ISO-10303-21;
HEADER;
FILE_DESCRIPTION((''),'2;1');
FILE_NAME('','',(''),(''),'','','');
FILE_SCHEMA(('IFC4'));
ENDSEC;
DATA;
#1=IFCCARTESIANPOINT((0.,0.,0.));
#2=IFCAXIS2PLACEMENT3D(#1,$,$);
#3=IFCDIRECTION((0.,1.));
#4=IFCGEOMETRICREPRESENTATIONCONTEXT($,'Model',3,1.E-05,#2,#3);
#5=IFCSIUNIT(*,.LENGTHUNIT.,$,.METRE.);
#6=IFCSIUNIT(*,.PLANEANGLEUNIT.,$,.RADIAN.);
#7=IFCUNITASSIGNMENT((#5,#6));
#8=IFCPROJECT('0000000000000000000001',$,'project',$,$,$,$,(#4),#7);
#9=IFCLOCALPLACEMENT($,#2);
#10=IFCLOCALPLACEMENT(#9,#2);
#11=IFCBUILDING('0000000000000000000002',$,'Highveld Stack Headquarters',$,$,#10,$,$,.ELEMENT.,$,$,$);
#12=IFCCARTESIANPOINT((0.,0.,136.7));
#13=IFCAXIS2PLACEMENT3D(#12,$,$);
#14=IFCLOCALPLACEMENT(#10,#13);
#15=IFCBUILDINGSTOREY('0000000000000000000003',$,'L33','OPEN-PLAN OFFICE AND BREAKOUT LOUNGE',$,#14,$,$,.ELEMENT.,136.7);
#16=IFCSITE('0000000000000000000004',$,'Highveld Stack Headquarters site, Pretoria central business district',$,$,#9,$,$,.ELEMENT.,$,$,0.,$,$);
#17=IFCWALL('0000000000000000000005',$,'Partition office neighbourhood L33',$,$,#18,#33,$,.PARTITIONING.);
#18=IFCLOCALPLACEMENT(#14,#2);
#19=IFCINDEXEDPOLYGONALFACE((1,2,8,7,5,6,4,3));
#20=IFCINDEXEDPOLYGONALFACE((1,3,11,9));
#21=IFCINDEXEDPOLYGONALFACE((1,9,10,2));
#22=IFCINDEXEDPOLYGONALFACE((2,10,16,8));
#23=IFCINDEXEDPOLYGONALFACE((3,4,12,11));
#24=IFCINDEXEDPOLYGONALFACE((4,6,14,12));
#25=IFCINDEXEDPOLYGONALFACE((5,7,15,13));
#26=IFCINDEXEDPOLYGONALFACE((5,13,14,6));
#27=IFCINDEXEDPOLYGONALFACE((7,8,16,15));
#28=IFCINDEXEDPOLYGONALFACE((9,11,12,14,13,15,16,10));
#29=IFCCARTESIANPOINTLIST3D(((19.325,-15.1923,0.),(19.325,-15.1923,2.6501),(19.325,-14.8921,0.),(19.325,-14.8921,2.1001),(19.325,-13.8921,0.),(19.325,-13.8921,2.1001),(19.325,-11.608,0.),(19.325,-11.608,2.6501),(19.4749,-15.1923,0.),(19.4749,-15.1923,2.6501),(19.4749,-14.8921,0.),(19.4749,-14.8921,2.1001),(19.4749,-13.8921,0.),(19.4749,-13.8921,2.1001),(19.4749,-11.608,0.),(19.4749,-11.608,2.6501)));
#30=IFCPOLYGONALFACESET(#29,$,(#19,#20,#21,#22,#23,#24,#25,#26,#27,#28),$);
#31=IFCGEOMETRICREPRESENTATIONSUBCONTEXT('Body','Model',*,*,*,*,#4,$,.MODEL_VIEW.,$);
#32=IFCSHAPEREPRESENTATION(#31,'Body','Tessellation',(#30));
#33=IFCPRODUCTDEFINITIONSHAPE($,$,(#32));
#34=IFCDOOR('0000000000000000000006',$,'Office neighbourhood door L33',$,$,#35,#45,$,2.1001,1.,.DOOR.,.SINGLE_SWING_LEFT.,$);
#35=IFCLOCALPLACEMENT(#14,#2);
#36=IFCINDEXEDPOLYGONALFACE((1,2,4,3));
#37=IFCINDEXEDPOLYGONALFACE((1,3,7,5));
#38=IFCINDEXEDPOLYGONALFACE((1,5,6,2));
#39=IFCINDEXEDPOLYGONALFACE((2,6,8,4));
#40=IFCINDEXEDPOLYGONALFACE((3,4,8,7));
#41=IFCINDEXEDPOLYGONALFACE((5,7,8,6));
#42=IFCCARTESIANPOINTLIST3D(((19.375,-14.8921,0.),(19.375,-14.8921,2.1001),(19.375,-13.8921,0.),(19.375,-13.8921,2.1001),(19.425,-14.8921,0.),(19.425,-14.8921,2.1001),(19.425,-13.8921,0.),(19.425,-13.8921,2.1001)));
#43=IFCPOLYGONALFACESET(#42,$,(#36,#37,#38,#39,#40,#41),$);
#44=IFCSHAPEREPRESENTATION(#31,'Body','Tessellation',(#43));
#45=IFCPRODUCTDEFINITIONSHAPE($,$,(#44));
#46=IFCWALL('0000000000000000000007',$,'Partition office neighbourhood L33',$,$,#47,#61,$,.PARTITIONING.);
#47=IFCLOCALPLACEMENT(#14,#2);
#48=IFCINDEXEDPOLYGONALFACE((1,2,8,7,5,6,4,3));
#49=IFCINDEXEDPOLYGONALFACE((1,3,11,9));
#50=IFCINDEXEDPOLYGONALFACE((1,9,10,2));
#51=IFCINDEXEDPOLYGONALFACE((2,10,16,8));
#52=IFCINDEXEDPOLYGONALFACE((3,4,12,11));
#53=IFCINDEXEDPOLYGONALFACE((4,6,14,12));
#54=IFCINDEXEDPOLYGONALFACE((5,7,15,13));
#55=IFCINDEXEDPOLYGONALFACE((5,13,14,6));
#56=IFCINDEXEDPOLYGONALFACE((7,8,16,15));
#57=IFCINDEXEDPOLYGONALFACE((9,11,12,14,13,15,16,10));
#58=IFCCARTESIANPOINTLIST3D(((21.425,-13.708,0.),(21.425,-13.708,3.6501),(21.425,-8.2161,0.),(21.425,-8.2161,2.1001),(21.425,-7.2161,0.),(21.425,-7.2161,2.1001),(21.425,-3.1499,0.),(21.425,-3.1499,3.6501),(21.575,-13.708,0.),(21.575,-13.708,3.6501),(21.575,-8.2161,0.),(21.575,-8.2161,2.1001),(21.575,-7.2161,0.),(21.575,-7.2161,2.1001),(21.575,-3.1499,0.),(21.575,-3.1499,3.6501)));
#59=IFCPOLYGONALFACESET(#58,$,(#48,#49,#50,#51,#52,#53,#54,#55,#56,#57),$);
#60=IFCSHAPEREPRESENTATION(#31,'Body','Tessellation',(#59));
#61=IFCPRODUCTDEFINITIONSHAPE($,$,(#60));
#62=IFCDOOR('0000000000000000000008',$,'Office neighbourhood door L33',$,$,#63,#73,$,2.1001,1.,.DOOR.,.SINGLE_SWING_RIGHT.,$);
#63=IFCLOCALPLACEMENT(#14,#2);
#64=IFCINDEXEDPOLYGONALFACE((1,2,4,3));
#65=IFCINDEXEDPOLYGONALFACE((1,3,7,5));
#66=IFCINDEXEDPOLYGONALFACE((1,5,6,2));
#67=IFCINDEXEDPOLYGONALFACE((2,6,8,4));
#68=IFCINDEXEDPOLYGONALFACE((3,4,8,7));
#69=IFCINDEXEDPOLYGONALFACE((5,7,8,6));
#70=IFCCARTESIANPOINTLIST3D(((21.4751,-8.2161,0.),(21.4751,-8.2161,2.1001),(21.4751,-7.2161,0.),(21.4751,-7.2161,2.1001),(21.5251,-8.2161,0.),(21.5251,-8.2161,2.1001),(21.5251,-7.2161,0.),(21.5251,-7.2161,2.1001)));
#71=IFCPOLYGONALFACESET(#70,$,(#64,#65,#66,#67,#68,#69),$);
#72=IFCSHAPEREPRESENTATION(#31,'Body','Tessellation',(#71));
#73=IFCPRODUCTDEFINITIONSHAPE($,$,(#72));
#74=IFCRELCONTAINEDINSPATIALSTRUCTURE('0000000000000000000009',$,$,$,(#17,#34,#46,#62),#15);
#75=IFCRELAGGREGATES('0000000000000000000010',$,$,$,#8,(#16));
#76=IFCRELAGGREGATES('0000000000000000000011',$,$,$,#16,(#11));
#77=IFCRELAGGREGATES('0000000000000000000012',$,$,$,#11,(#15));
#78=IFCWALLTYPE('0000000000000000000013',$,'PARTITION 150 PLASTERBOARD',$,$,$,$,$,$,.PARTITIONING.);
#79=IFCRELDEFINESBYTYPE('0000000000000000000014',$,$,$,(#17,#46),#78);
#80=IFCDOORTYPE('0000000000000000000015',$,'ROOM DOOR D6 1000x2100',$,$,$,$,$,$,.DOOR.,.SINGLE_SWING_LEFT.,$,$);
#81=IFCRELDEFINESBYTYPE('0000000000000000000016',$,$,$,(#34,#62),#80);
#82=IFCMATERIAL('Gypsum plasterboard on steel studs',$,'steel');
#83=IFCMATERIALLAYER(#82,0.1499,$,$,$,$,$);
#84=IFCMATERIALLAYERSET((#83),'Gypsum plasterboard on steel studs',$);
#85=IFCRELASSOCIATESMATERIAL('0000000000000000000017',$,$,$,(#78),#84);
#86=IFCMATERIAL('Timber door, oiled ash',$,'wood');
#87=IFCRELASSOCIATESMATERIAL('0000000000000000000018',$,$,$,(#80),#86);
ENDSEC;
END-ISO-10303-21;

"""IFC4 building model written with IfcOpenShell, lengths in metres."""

from ifc_helpers import new_model, si_unit, direction, frame, frame_2d, origin, place, context, subcontext, project, spatial, rectangle, extrude, material, layer, layer_set, type_object, element, fill, save


model = new_model("IFC4")

# Units and contexts
model_context = context("Model", 3, precision=1e-05, world=origin(), true_north=direction((0.0, 1.0)))
body_context = subcontext(model_context, "Body", "Model", "MODEL_VIEW")
ifc_project = project(units=[si_unit("LENGTHUNIT", "METRE"), si_unit("PLANEANGLEUNIT", "RADIAN")], contexts=[model_context])

# Site, building, storey
site_placement = place(None, origin())
site = spatial("IfcSite", under=ifc_project, at=site_placement, Name="Highveld Stack Headquarters site, Pretoria central business district", CompositionType="ELEMENT", RefElevation=0.0)
building_placement = place(site_placement, origin())
building = spatial("IfcBuilding", under=site, at=building_placement, Name="Highveld Stack Headquarters", CompositionType="ELEMENT")
storey_placement = place(building_placement, frame((0.0, 0.0, 136.7)))
storey = spatial("IfcBuildingStorey", under=building, at=storey_placement, Name="L33", Description="OPEN-PLAN OFFICE AND BREAKOUT LOUNGE", CompositionType="ELEMENT", Elevation=136.7)

# Shared definitions
ifc_material_1 = material(Name="Gypsum plasterboard on steel studs", Category="steel")
ifc_layer_1 = layer(ifc_material_1, 0.1499)
ifc_layer_set_1 = layer_set([ifc_layer_1], Name="Gypsum plasterboard on steel studs")
wall_type = type_object("IfcWallType", Name="PARTITION 150 PLASTERBOARD", PredefinedType="PARTITIONING", material=ifc_layer_set_1)

# Wall, opening, door
wall_1_placement = place(storey_placement, frame((19.3999, -15.1921, 0.0), z_axis=(0.0, 0.0, 1.0), x_axis=(0.0, 1.0, 0.0)))
wall_1 = element("IfcWall", 1, at=wall_1_placement, inside=storey, type_object=wall_type, Name="Partition office neighbourhood L33", PredefinedType="PARTITIONING", context=body_context, shape_type="SweptSolid", body=[
    extrude(rectangle(XDim=3.5842, YDim=0.1499, at=frame_2d((1.792, 0.0))), origin(), (0.0, 0.0, 1.0), 2.6501),
])
opening_1_placement = place(wall_1_placement, frame((0.3, 0.0, 0.0)))
opening_1 = element("IfcOpeningElement", 2, at=opening_1_placement, cuts=wall_1, PredefinedType="OPENING", context=body_context, shape_type="SweptSolid", body=[
    extrude(rectangle(XDim=1.0, YDim=2.1001, at=frame_2d((0.5, 1.05))), frame((0.0, 0.085, 0.0), z_axis=(0.0, -1.0, 0.0), x_axis=(1.0, 0.0, 0.0)), (0.0, 0.0, 1.0), 0.1699),
])
ifc_material_2 = material(Name="Timber door, oiled ash", Category="wood")
door_type = type_object("IfcDoorType", Name="ROOM DOOR D6 1000x2100", OperationType="SINGLE_SWING_LEFT", PredefinedType="DOOR", material=ifc_material_2)
door_1_placement = place(opening_1_placement, origin())
door_1 = element("IfcDoor", 3, at=door_1_placement, inside=storey, type_object=door_type, Name="Office neighbourhood door L33", OperationType="SINGLE_SWING_LEFT", OverallHeight=2.1001, OverallWidth=1.0, PredefinedType="DOOR", context=body_context, shape_type="SweptSolid", body=[
    extrude(rectangle(XDim=1.0, YDim=2.1001, at=frame_2d((0.5, 1.05))), frame((0.0, 0.0249, 0.0), z_axis=(0.0, -1.0, 0.0), x_axis=(1.0, 0.0, 0.0)), (0.0, 0.0, 1.0), 0.05),
])
fill(opening_1, door_1)

# Wall, opening, door
wall_2_placement = place(storey_placement, frame((21.5, -13.708, 0.0), z_axis=(0.0, 0.0, 1.0), x_axis=(0.0, 1.0, 0.0)))
wall_2 = element("IfcWall", 4, at=wall_2_placement, inside=storey, type_object=wall_type, Name="Partition office neighbourhood L33", PredefinedType="PARTITIONING", context=body_context, shape_type="SweptSolid", body=[
    extrude(rectangle(XDim=10.5581, YDim=0.1499, at=frame_2d((5.2791, 0.0))), origin(), (0.0, 0.0, 1.0), 3.6501),
])
opening_2_placement = place(wall_2_placement, frame((5.4919, 0.0, 0.0)))
opening_2 = element("IfcOpeningElement", 5, at=opening_2_placement, cuts=wall_2, PredefinedType="OPENING", context=body_context, shape_type="SweptSolid", body=[
    extrude(rectangle(XDim=1.0, YDim=2.1001, at=frame_2d((0.5, 1.05))), frame((0.0, 0.085, 0.0), z_axis=(0.0, -1.0, 0.0), x_axis=(1.0, 0.0, 0.0)), (0.0, 0.0, 1.0), 0.1699),
])
door_2_placement = place(opening_2_placement, origin())
door_2 = element("IfcDoor", 6, at=door_2_placement, inside=storey, type_object=door_type, Name="Office neighbourhood door L33", OperationType="SINGLE_SWING_RIGHT", OverallHeight=2.1001, OverallWidth=1.0, PredefinedType="DOOR", context=body_context, shape_type="SweptSolid", body=[
    extrude(rectangle(XDim=1.0, YDim=2.1001, at=frame_2d((0.5, 1.05))), frame((0.0, 0.0249, 0.0), z_axis=(0.0, -1.0, 0.0), x_axis=(1.0, 0.0, 0.0)), (0.0, 0.0, 1.0), 0.05),
])
fill(opening_2, door_2)

save(model, "model.ifc")
